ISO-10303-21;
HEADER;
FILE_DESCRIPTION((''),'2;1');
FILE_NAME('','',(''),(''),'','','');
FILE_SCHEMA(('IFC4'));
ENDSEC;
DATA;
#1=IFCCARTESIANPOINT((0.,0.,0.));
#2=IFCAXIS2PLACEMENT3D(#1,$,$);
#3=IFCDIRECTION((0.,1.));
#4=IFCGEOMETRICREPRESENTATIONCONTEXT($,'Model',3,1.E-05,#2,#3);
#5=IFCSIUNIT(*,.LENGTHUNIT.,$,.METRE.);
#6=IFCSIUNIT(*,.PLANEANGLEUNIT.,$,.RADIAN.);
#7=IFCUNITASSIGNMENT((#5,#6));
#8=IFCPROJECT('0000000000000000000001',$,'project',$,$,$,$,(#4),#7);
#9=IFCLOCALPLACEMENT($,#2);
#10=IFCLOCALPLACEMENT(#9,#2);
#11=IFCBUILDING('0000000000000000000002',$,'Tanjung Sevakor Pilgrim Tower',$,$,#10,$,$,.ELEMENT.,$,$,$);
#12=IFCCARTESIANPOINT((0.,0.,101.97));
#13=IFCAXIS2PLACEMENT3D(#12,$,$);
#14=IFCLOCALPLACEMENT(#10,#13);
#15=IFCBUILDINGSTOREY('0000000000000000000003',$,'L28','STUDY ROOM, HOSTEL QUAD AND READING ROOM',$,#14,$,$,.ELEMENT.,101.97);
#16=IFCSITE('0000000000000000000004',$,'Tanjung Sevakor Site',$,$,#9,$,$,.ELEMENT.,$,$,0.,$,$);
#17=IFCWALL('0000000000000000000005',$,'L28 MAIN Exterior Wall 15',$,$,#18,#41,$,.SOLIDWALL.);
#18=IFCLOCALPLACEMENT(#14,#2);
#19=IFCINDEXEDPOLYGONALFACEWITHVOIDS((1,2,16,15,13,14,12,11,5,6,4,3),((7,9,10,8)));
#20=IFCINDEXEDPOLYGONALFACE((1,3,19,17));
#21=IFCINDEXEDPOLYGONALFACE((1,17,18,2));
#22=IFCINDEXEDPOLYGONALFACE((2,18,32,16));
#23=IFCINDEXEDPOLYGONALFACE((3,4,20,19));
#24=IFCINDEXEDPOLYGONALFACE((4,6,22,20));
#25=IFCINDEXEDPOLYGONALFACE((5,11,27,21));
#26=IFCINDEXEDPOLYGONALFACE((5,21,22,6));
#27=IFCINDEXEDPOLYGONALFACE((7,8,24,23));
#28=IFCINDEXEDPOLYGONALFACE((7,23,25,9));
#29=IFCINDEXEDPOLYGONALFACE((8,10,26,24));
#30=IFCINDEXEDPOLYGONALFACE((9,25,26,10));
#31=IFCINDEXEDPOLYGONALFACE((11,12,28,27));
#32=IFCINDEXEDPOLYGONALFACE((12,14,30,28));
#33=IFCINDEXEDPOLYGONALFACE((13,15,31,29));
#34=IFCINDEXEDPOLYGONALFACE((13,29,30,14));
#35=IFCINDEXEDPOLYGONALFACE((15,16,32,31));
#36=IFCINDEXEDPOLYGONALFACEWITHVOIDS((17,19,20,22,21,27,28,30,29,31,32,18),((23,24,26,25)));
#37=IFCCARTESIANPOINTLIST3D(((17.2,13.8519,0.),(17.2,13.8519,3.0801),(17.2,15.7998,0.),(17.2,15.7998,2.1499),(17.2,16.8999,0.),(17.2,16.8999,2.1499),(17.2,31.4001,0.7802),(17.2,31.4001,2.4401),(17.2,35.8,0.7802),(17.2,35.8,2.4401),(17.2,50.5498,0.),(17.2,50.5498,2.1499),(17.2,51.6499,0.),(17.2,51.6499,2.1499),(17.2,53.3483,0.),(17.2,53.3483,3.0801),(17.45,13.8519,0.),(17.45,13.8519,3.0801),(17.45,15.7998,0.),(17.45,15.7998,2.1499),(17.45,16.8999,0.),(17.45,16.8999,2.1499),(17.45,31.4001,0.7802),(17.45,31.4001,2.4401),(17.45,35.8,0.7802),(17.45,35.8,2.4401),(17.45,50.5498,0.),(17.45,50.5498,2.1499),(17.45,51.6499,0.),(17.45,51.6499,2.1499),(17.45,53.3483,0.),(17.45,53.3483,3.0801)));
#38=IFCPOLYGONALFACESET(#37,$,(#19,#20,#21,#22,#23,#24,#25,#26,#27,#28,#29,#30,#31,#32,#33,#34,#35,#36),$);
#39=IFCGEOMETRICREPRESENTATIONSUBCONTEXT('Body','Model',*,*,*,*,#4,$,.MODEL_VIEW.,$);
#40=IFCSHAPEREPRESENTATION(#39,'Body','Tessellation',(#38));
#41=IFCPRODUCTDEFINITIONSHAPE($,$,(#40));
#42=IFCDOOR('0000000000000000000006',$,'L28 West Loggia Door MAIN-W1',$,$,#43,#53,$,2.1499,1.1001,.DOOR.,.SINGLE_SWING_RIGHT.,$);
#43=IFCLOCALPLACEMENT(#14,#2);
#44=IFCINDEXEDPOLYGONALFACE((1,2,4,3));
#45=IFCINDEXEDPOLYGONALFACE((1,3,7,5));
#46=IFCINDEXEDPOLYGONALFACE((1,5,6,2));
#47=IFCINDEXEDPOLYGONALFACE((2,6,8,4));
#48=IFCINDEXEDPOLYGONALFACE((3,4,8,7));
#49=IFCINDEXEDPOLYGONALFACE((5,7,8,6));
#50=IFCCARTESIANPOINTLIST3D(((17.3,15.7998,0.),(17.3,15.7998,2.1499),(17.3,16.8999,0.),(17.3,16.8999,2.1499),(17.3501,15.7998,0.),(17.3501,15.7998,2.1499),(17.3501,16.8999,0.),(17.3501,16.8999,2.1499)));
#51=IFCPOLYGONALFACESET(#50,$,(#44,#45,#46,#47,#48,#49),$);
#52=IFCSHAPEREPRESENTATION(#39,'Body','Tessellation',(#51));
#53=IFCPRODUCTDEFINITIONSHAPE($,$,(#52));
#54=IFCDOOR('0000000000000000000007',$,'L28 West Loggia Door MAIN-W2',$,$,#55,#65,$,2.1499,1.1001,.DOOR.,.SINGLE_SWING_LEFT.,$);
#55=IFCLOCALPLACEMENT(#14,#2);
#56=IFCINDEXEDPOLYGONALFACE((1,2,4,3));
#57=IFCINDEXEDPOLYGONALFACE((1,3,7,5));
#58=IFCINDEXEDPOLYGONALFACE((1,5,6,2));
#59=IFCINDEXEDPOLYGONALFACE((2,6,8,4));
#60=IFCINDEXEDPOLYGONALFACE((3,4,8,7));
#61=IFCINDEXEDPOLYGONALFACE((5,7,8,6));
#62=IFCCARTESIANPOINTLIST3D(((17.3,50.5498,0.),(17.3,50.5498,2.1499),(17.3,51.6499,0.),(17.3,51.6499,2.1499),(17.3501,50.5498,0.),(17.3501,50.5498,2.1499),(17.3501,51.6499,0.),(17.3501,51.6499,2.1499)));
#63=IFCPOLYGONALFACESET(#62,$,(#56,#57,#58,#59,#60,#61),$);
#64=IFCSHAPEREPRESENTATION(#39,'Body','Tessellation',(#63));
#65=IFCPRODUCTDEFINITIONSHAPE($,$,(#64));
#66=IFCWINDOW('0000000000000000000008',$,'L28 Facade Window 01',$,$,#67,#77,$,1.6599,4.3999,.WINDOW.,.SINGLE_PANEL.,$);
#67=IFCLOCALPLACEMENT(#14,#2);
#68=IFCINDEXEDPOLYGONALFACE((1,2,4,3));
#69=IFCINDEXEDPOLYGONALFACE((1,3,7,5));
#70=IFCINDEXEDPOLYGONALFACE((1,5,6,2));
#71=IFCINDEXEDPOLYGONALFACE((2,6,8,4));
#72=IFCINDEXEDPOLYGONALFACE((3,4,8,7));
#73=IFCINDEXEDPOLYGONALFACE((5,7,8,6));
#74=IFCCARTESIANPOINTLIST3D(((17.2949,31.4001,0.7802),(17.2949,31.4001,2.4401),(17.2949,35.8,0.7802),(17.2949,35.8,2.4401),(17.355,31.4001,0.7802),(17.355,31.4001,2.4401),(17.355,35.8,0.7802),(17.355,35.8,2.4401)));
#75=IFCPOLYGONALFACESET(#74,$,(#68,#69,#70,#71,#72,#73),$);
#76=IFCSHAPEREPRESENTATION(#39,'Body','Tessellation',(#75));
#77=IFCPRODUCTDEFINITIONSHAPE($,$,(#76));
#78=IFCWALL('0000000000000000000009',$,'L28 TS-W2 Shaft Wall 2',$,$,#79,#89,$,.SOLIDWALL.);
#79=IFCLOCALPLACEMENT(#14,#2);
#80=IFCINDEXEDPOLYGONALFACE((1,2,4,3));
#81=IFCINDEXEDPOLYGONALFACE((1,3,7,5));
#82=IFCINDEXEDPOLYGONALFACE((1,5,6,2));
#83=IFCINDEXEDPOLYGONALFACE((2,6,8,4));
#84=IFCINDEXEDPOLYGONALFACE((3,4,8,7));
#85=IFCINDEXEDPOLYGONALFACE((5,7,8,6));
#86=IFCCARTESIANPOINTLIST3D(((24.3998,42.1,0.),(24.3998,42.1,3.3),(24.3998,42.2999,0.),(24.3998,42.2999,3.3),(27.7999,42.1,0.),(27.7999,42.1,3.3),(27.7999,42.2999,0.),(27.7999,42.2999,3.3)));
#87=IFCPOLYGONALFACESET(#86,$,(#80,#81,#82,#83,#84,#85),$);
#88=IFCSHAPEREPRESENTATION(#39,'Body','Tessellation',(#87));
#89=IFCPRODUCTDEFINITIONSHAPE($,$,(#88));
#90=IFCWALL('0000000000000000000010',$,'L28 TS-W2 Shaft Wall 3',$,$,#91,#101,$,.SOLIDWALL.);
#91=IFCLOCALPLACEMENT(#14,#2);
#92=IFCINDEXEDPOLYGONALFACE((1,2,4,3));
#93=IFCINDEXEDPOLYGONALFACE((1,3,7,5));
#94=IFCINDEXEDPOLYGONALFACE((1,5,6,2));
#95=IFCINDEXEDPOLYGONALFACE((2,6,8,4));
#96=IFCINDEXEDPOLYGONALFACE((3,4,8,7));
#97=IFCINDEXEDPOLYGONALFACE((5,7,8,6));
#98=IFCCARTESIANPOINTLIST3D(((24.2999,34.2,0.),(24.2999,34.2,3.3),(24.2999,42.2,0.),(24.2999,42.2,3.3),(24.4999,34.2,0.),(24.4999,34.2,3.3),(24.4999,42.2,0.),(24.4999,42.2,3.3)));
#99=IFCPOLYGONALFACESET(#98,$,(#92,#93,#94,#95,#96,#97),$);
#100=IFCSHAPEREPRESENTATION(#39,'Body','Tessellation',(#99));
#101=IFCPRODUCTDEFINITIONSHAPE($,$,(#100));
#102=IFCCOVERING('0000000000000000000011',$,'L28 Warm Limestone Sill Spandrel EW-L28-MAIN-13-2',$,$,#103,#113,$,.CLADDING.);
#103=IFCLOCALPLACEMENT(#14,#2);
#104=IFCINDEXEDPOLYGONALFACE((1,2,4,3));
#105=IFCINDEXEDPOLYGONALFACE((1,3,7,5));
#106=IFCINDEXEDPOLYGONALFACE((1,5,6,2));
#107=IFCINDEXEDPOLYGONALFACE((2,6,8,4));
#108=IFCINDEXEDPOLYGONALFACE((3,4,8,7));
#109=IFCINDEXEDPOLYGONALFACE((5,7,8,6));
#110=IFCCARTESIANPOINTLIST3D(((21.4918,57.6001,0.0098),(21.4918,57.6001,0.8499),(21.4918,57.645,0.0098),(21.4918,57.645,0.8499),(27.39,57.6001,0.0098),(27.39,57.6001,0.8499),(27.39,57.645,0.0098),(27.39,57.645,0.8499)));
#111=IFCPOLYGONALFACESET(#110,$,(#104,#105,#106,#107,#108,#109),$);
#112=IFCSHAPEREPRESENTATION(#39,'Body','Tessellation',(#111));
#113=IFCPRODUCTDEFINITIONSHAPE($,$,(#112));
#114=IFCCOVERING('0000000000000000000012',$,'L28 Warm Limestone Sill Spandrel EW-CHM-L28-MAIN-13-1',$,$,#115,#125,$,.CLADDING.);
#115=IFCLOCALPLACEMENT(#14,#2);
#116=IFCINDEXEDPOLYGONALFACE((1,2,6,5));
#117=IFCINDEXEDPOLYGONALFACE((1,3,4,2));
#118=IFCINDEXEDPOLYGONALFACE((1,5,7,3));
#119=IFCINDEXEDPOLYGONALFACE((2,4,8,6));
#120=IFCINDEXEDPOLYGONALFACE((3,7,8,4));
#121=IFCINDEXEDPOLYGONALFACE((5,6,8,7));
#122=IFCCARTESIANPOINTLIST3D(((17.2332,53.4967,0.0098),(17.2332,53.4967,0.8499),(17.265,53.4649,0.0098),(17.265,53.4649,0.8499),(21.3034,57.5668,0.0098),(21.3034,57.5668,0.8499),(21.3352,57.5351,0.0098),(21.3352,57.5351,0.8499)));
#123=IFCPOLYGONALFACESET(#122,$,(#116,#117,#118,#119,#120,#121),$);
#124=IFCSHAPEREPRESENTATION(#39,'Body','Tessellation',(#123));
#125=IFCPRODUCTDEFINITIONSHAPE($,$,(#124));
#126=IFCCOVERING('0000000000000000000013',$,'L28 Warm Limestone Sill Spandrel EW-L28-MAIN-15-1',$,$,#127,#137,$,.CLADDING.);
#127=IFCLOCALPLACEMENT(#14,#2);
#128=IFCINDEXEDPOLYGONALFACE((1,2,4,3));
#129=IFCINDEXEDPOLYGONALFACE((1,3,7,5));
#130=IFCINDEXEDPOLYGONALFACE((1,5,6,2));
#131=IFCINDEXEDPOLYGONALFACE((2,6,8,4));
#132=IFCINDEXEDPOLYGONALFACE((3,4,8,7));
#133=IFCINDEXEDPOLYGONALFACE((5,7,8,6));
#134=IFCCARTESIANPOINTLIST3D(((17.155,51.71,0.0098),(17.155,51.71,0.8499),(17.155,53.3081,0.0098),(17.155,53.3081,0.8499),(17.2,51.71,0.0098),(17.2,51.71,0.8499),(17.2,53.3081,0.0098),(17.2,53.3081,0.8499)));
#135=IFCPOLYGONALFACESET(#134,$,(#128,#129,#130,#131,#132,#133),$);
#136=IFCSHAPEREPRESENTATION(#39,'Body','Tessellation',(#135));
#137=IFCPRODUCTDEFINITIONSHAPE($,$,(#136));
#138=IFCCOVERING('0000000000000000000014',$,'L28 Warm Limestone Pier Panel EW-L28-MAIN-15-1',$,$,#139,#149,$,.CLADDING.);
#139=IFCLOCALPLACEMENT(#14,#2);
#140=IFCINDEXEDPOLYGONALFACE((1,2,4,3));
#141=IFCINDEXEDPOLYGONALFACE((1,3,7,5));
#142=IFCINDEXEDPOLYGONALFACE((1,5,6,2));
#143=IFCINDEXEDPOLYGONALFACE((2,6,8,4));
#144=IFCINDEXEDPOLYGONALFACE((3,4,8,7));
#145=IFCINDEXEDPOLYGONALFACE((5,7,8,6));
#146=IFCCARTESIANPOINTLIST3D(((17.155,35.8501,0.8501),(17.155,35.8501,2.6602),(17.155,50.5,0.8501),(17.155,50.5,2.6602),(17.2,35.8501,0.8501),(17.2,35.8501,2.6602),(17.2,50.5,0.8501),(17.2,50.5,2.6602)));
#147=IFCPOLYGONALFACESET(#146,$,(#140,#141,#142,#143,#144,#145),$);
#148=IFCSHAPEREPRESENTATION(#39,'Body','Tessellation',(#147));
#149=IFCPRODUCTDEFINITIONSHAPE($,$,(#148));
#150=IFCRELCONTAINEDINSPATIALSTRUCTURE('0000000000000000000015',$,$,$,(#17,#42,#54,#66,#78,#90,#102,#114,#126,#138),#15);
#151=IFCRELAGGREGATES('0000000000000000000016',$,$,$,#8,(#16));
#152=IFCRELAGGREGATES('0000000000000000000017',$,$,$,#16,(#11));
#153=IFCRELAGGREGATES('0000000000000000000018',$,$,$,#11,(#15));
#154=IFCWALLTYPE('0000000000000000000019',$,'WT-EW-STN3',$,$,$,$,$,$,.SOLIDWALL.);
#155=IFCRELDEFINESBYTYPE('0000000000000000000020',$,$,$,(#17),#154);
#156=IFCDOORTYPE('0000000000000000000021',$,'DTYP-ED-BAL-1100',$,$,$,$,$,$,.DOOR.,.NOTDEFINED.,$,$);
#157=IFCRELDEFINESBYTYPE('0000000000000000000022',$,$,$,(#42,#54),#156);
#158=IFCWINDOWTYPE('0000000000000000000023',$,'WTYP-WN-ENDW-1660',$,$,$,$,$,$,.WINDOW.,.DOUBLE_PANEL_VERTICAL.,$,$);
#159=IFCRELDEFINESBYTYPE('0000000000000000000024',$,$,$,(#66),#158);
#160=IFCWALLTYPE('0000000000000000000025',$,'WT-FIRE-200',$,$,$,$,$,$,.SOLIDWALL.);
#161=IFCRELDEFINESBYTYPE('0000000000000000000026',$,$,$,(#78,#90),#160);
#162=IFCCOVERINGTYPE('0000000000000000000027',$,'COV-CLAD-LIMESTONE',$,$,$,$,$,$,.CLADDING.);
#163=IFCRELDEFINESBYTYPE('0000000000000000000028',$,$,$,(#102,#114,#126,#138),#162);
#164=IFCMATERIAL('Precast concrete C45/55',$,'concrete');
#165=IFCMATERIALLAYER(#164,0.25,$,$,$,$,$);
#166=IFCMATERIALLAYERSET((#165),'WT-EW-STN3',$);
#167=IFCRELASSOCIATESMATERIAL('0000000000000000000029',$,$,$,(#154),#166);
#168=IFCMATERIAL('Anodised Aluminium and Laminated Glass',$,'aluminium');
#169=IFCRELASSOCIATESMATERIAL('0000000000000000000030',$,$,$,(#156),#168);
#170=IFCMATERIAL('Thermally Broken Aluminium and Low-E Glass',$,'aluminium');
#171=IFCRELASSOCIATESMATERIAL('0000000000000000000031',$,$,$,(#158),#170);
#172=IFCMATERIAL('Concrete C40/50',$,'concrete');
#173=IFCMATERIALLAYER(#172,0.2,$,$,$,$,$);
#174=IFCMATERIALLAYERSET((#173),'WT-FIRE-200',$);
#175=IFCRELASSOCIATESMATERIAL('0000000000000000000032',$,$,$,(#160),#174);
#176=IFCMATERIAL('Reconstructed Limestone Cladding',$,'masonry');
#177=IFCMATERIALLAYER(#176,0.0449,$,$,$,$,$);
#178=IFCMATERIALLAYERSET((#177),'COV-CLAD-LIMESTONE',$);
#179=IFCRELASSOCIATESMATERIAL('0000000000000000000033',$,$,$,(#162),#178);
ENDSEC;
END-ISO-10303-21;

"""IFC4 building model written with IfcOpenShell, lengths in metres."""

from ifc_helpers import new_model, si_unit, direction, frame, frame_2d, origin, origin_2d, place, context, subcontext, project, spatial, rectangle, extrude, material, layer, layer_set, type_object, element, fill, save


model = new_model("IFC4")

# Units and contexts
model_context = context("Model", 3, precision=1e-05, world=origin(), true_north=direction((0.0, 1.0)))
body_context = subcontext(model_context, "Body", "Model", "MODEL_VIEW")
ifc_project = project(units=[si_unit("LENGTHUNIT", "METRE"), si_unit("PLANEANGLEUNIT", "RADIAN")], contexts=[model_context])

# Site, building, storey
site_placement = place(None, origin())
site = spatial("IfcSite", under=ifc_project, at=site_placement, Name="Tanjung Sevakor Site", CompositionType="ELEMENT", RefElevation=0.0)
building_placement = place(site_placement, origin())
building = spatial("IfcBuilding", under=site, at=building_placement, Name="Tanjung Sevakor Pilgrim Tower", CompositionType="ELEMENT")
storey_placement = place(building_placement, frame((0.0, 0.0, 101.97)))
storey = spatial("IfcBuildingStorey", under=building, at=storey_placement, Name="L28", Description="STUDY ROOM, HOSTEL QUAD AND READING ROOM", CompositionType="ELEMENT", Elevation=101.97)

# Shared definitions
ifc_material_1 = material(Name="Precast concrete C45/55", Category="concrete")
ifc_layer_1 = layer(ifc_material_1, 0.25)
ifc_layer_set_1 = layer_set([ifc_layer_1], Name="WT-EW-STN3")
wall_type_1 = type_object("IfcWallType", Name="WT-EW-STN3", PredefinedType="SOLIDWALL", material=ifc_layer_set_1)

# Wall, openings, doors, window
wall_1_placement = place(storey_placement, frame((17.325, 53.3481, 0.0), z_axis=(0.0, 0.0, 1.0), x_axis=(0.0, -1.0, 0.0)))
wall_1 = element("IfcWall", 1, at=wall_1_placement, inside=storey, type_object=wall_type_1, Name="L28 MAIN Exterior Wall 15", PredefinedType="SOLIDWALL", context=body_context, shape_type="SweptSolid", body=[
    extrude(rectangle(XDim=39.4963, YDim=0.25, at=frame_2d((19.748, 0.0))), origin(), (0.0, 0.0, 1.0), 3.0801),
])
opening_1_placement = place(wall_1_placement, frame((36.4482, 0.0, 0.0)))
opening_1 = element("IfcOpeningElement", 2, at=opening_1_placement, cuts=wall_1, PredefinedType="OPENING", context=body_context, shape_type="SweptSolid", body=[
    extrude(rectangle(XDim=1.1001, YDim=2.1499, at=frame_2d((0.55, 1.075))), frame((0.0, 0.135, 0.0), z_axis=(0.0, -1.0, 0.0), x_axis=(1.0, 0.0, 0.0)), (0.0, 0.0, 1.0), 0.27),
])
opening_2_placement = place(wall_1_placement, frame((1.6982, 0.0, 0.0)))
opening_2 = element("IfcOpeningElement", 3, at=opening_2_placement, cuts=wall_1, PredefinedType="OPENING", context=body_context, shape_type="SweptSolid", body=[
    extrude(rectangle(XDim=1.1001, YDim=2.1499, at=frame_2d((0.55, 1.075))), frame((0.0, 0.135, 0.0), z_axis=(0.0, -1.0, 0.0), x_axis=(1.0, 0.0, 0.0)), (0.0, 0.0, 1.0), 0.27),
])
opening_3_placement = place(wall_1_placement, frame((17.5481, 0.0, 0.78)))
opening_3 = element("IfcOpeningElement", 4, at=opening_3_placement, cuts=wall_1, PredefinedType="OPENING", context=body_context, shape_type="SweptSolid", body=[
    extrude(rectangle(XDim=4.3999, YDim=1.6599, at=frame_2d((2.2, 0.8301))), frame((0.0, 0.135, 0.0), z_axis=(0.0, -1.0, 0.0), x_axis=(1.0, 0.0, 0.0)), (0.0, 0.0, 1.0), 0.27),
])
ifc_material_2 = material(Name="Anodised Aluminium and Laminated Glass", Category="aluminium")
door_type_1 = type_object("IfcDoorType", Name="DTYP-ED-BAL-1100", OperationType="NOTDEFINED", PredefinedType="DOOR", material=ifc_material_2)
door_1_placement = place(opening_1_placement, frame((1.1001, 0.0, 0.0), z_axis=(0.0, 0.0, 1.0), x_axis=(-1.0, 0.0, 0.0)))
door_1 = element("IfcDoor", 5, at=door_1_placement, inside=storey, type_object=door_type_1, Name="L28 West Loggia Door MAIN-W1", OperationType="SINGLE_SWING_RIGHT", OverallHeight=2.1499, OverallWidth=1.1001, PredefinedType="DOOR", context=body_context, shape_type="SweptSolid", body=[
    extrude(rectangle(XDim=1.1001, YDim=2.1499, at=frame_2d((0.55, 1.075))), frame((0.0, 0.0249, 0.0), z_axis=(0.0, -1.0, 0.0), x_axis=(1.0, 0.0, 0.0)), (0.0, 0.0, 1.0), 0.05),
])
fill(opening_1, door_1)
door_2_placement = place(opening_2_placement, frame((1.1001, 0.0, 0.0), z_axis=(0.0, 0.0, 1.0), x_axis=(-1.0, 0.0, 0.0)))
door_2 = element("IfcDoor", 6, at=door_2_placement, inside=storey, type_object=door_type_1, Name="L28 West Loggia Door MAIN-W2", OperationType="SINGLE_SWING_LEFT", OverallHeight=2.1499, OverallWidth=1.1001, PredefinedType="DOOR", context=body_context, shape_type="SweptSolid", body=[
    extrude(rectangle(XDim=1.1001, YDim=2.1499, at=frame_2d((0.55, 1.075))), frame((0.0, 0.0249, 0.0), z_axis=(0.0, -1.0, 0.0), x_axis=(1.0, 0.0, 0.0)), (0.0, 0.0, 1.0), 0.05),
])
fill(opening_2, door_2)
ifc_material_3 = material(Name="Thermally Broken Aluminium and Low-E Glass", Category="aluminium")
window_type_1 = type_object("IfcWindowType", Name="WTYP-WN-ENDW-1660", PartitioningType="DOUBLE_PANEL_VERTICAL", PredefinedType="WINDOW", material=ifc_material_3)
window_1_placement = place(opening_3_placement, origin())
window_1 = element("IfcWindow", 7, at=window_1_placement, inside=storey, type_object=window_type_1, Name="L28 Facade Window 01", OverallHeight=1.6599, OverallWidth=4.3999, PartitioningType="SINGLE_PANEL", PredefinedType="WINDOW", context=body_context, shape_type="SweptSolid", body=[
    extrude(rectangle(XDim=4.3999, YDim=1.6599, at=frame_2d((2.2, 0.8301))), frame((0.0, 0.03, 0.0), z_axis=(0.0, -1.0, 0.0), x_axis=(1.0, 0.0, 0.0)), (0.0, 0.0, 1.0), 0.0601),
])
fill(opening_3, window_1)

# Walls
ifc_material_4 = material(Name="Concrete C40/50", Category="concrete")
ifc_layer_2 = layer(ifc_material_4, 0.2)
ifc_layer_set_2 = layer_set([ifc_layer_2], Name="WT-FIRE-200")
wall_type_2 = type_object("IfcWallType", Name="WT-FIRE-200", PredefinedType="SOLIDWALL", material=ifc_layer_set_2)
wall_2_placement = place(storey_placement, frame((27.8, 42.2, 0.0), z_axis=(0.0, 0.0, 1.0), x_axis=(-1.0, 0.0, 0.0)))
element("IfcWall", 8, at=wall_2_placement, inside=storey, type_object=wall_type_2, Name="L28 TS-W2 Shaft Wall 2", PredefinedType="SOLIDWALL", context=body_context, shape_type="SweptSolid", body=[
    extrude(rectangle(XDim=3.4001, YDim=0.2, at=frame_2d((1.7002, 0.0))), origin(), (0.0, 0.0, 1.0), 3.3),
])
wall_3_placement = place(storey_placement, frame((24.3999, 42.2, 0.0), z_axis=(0.0, 0.0, 1.0), x_axis=(0.0, -1.0, 0.0)))
element("IfcWall", 9, at=wall_3_placement, inside=storey, type_object=wall_type_2, Name="L28 TS-W2 Shaft Wall 3", PredefinedType="SOLIDWALL", context=body_context, shape_type="SweptSolid", body=[
    extrude(rectangle(XDim=8.0, YDim=0.2, at=frame_2d((4.0, 0.0))), origin(), (0.0, 0.0, 1.0), 3.3),
])

# Coverings
ifc_material_5 = material(Name="Reconstructed Limestone Cladding", Category="masonry")
ifc_layer_3 = layer(ifc_material_5, 0.0449)
ifc_layer_set_3 = layer_set([ifc_layer_3], Name="COV-CLAD-LIMESTONE")
covering_type = type_object("IfcCoveringType", Name="COV-CLAD-LIMESTONE", PredefinedType="CLADDING", material=ifc_layer_set_3)
covering_1_placement = place(storey_placement, frame((24.4409, 57.6226, 0.0098), z_axis=(0.0, 0.0, 1.0), x_axis=(-1.0, 0.0, 0.0)))
element("IfcCovering", 10, at=covering_1_placement, inside=storey, type_object=covering_type, Name="L28 Warm Limestone Sill Spandrel EW-L28-MAIN-13-2", PredefinedType="CLADDING", context=body_context, shape_type="SweptSolid", body=[
    extrude(rectangle(XDim=5.8982, YDim=0.0449, at=origin_2d()), origin(), (0.0, 0.0, 1.0), 0.8401),
])
covering_2_placement = place(storey_placement, frame((19.2842, 55.5159, 0.0098), z_axis=(0.0, 0.0, 1.0), x_axis=(-0.707107, -0.707107, 0.0)))
element("IfcCovering", 11, at=covering_2_placement, inside=storey, type_object=covering_type, Name="L28 Warm Limestone Sill Spandrel EW-CHM-L28-MAIN-13-1", PredefinedType="CLADDING", context=body_context, shape_type="SweptSolid", body=[
    extrude(rectangle(XDim=5.7561, YDim=0.0449, at=origin_2d()), origin(), (0.0, 0.0, 1.0), 0.8401),
])
covering_3_placement = place(storey_placement, frame((17.1775, 52.509, 0.0098), z_axis=(0.0, 0.0, 1.0), x_axis=(0.0, -1.0, 0.0)))
element("IfcCovering", 12, at=covering_3_placement, inside=storey, type_object=covering_type, Name="L28 Warm Limestone Sill Spandrel EW-L28-MAIN-15-1", PredefinedType="CLADDING", context=body_context, shape_type="SweptSolid", body=[
    extrude(rectangle(XDim=1.5981, YDim=0.0449, at=origin_2d()), origin(), (0.0, 0.0, 1.0), 0.8401),
])
covering_4_placement = place(storey_placement, frame((17.1775, 43.175, 0.8501), z_axis=(0.0, 0.0, 1.0), x_axis=(0.0, -1.0, 0.0)))
element("IfcCovering", 13, at=covering_4_placement, inside=storey, type_object=covering_type, Name="L28 Warm Limestone Pier Panel EW-L28-MAIN-15-1", PredefinedType="CLADDING", context=body_context, shape_type="SweptSolid", body=[
    extrude(rectangle(XDim=14.6499, YDim=0.0449, at=origin_2d()), origin(), (0.0, 0.0, 1.0), 1.8101),
])

save(model, "model.ifc")
